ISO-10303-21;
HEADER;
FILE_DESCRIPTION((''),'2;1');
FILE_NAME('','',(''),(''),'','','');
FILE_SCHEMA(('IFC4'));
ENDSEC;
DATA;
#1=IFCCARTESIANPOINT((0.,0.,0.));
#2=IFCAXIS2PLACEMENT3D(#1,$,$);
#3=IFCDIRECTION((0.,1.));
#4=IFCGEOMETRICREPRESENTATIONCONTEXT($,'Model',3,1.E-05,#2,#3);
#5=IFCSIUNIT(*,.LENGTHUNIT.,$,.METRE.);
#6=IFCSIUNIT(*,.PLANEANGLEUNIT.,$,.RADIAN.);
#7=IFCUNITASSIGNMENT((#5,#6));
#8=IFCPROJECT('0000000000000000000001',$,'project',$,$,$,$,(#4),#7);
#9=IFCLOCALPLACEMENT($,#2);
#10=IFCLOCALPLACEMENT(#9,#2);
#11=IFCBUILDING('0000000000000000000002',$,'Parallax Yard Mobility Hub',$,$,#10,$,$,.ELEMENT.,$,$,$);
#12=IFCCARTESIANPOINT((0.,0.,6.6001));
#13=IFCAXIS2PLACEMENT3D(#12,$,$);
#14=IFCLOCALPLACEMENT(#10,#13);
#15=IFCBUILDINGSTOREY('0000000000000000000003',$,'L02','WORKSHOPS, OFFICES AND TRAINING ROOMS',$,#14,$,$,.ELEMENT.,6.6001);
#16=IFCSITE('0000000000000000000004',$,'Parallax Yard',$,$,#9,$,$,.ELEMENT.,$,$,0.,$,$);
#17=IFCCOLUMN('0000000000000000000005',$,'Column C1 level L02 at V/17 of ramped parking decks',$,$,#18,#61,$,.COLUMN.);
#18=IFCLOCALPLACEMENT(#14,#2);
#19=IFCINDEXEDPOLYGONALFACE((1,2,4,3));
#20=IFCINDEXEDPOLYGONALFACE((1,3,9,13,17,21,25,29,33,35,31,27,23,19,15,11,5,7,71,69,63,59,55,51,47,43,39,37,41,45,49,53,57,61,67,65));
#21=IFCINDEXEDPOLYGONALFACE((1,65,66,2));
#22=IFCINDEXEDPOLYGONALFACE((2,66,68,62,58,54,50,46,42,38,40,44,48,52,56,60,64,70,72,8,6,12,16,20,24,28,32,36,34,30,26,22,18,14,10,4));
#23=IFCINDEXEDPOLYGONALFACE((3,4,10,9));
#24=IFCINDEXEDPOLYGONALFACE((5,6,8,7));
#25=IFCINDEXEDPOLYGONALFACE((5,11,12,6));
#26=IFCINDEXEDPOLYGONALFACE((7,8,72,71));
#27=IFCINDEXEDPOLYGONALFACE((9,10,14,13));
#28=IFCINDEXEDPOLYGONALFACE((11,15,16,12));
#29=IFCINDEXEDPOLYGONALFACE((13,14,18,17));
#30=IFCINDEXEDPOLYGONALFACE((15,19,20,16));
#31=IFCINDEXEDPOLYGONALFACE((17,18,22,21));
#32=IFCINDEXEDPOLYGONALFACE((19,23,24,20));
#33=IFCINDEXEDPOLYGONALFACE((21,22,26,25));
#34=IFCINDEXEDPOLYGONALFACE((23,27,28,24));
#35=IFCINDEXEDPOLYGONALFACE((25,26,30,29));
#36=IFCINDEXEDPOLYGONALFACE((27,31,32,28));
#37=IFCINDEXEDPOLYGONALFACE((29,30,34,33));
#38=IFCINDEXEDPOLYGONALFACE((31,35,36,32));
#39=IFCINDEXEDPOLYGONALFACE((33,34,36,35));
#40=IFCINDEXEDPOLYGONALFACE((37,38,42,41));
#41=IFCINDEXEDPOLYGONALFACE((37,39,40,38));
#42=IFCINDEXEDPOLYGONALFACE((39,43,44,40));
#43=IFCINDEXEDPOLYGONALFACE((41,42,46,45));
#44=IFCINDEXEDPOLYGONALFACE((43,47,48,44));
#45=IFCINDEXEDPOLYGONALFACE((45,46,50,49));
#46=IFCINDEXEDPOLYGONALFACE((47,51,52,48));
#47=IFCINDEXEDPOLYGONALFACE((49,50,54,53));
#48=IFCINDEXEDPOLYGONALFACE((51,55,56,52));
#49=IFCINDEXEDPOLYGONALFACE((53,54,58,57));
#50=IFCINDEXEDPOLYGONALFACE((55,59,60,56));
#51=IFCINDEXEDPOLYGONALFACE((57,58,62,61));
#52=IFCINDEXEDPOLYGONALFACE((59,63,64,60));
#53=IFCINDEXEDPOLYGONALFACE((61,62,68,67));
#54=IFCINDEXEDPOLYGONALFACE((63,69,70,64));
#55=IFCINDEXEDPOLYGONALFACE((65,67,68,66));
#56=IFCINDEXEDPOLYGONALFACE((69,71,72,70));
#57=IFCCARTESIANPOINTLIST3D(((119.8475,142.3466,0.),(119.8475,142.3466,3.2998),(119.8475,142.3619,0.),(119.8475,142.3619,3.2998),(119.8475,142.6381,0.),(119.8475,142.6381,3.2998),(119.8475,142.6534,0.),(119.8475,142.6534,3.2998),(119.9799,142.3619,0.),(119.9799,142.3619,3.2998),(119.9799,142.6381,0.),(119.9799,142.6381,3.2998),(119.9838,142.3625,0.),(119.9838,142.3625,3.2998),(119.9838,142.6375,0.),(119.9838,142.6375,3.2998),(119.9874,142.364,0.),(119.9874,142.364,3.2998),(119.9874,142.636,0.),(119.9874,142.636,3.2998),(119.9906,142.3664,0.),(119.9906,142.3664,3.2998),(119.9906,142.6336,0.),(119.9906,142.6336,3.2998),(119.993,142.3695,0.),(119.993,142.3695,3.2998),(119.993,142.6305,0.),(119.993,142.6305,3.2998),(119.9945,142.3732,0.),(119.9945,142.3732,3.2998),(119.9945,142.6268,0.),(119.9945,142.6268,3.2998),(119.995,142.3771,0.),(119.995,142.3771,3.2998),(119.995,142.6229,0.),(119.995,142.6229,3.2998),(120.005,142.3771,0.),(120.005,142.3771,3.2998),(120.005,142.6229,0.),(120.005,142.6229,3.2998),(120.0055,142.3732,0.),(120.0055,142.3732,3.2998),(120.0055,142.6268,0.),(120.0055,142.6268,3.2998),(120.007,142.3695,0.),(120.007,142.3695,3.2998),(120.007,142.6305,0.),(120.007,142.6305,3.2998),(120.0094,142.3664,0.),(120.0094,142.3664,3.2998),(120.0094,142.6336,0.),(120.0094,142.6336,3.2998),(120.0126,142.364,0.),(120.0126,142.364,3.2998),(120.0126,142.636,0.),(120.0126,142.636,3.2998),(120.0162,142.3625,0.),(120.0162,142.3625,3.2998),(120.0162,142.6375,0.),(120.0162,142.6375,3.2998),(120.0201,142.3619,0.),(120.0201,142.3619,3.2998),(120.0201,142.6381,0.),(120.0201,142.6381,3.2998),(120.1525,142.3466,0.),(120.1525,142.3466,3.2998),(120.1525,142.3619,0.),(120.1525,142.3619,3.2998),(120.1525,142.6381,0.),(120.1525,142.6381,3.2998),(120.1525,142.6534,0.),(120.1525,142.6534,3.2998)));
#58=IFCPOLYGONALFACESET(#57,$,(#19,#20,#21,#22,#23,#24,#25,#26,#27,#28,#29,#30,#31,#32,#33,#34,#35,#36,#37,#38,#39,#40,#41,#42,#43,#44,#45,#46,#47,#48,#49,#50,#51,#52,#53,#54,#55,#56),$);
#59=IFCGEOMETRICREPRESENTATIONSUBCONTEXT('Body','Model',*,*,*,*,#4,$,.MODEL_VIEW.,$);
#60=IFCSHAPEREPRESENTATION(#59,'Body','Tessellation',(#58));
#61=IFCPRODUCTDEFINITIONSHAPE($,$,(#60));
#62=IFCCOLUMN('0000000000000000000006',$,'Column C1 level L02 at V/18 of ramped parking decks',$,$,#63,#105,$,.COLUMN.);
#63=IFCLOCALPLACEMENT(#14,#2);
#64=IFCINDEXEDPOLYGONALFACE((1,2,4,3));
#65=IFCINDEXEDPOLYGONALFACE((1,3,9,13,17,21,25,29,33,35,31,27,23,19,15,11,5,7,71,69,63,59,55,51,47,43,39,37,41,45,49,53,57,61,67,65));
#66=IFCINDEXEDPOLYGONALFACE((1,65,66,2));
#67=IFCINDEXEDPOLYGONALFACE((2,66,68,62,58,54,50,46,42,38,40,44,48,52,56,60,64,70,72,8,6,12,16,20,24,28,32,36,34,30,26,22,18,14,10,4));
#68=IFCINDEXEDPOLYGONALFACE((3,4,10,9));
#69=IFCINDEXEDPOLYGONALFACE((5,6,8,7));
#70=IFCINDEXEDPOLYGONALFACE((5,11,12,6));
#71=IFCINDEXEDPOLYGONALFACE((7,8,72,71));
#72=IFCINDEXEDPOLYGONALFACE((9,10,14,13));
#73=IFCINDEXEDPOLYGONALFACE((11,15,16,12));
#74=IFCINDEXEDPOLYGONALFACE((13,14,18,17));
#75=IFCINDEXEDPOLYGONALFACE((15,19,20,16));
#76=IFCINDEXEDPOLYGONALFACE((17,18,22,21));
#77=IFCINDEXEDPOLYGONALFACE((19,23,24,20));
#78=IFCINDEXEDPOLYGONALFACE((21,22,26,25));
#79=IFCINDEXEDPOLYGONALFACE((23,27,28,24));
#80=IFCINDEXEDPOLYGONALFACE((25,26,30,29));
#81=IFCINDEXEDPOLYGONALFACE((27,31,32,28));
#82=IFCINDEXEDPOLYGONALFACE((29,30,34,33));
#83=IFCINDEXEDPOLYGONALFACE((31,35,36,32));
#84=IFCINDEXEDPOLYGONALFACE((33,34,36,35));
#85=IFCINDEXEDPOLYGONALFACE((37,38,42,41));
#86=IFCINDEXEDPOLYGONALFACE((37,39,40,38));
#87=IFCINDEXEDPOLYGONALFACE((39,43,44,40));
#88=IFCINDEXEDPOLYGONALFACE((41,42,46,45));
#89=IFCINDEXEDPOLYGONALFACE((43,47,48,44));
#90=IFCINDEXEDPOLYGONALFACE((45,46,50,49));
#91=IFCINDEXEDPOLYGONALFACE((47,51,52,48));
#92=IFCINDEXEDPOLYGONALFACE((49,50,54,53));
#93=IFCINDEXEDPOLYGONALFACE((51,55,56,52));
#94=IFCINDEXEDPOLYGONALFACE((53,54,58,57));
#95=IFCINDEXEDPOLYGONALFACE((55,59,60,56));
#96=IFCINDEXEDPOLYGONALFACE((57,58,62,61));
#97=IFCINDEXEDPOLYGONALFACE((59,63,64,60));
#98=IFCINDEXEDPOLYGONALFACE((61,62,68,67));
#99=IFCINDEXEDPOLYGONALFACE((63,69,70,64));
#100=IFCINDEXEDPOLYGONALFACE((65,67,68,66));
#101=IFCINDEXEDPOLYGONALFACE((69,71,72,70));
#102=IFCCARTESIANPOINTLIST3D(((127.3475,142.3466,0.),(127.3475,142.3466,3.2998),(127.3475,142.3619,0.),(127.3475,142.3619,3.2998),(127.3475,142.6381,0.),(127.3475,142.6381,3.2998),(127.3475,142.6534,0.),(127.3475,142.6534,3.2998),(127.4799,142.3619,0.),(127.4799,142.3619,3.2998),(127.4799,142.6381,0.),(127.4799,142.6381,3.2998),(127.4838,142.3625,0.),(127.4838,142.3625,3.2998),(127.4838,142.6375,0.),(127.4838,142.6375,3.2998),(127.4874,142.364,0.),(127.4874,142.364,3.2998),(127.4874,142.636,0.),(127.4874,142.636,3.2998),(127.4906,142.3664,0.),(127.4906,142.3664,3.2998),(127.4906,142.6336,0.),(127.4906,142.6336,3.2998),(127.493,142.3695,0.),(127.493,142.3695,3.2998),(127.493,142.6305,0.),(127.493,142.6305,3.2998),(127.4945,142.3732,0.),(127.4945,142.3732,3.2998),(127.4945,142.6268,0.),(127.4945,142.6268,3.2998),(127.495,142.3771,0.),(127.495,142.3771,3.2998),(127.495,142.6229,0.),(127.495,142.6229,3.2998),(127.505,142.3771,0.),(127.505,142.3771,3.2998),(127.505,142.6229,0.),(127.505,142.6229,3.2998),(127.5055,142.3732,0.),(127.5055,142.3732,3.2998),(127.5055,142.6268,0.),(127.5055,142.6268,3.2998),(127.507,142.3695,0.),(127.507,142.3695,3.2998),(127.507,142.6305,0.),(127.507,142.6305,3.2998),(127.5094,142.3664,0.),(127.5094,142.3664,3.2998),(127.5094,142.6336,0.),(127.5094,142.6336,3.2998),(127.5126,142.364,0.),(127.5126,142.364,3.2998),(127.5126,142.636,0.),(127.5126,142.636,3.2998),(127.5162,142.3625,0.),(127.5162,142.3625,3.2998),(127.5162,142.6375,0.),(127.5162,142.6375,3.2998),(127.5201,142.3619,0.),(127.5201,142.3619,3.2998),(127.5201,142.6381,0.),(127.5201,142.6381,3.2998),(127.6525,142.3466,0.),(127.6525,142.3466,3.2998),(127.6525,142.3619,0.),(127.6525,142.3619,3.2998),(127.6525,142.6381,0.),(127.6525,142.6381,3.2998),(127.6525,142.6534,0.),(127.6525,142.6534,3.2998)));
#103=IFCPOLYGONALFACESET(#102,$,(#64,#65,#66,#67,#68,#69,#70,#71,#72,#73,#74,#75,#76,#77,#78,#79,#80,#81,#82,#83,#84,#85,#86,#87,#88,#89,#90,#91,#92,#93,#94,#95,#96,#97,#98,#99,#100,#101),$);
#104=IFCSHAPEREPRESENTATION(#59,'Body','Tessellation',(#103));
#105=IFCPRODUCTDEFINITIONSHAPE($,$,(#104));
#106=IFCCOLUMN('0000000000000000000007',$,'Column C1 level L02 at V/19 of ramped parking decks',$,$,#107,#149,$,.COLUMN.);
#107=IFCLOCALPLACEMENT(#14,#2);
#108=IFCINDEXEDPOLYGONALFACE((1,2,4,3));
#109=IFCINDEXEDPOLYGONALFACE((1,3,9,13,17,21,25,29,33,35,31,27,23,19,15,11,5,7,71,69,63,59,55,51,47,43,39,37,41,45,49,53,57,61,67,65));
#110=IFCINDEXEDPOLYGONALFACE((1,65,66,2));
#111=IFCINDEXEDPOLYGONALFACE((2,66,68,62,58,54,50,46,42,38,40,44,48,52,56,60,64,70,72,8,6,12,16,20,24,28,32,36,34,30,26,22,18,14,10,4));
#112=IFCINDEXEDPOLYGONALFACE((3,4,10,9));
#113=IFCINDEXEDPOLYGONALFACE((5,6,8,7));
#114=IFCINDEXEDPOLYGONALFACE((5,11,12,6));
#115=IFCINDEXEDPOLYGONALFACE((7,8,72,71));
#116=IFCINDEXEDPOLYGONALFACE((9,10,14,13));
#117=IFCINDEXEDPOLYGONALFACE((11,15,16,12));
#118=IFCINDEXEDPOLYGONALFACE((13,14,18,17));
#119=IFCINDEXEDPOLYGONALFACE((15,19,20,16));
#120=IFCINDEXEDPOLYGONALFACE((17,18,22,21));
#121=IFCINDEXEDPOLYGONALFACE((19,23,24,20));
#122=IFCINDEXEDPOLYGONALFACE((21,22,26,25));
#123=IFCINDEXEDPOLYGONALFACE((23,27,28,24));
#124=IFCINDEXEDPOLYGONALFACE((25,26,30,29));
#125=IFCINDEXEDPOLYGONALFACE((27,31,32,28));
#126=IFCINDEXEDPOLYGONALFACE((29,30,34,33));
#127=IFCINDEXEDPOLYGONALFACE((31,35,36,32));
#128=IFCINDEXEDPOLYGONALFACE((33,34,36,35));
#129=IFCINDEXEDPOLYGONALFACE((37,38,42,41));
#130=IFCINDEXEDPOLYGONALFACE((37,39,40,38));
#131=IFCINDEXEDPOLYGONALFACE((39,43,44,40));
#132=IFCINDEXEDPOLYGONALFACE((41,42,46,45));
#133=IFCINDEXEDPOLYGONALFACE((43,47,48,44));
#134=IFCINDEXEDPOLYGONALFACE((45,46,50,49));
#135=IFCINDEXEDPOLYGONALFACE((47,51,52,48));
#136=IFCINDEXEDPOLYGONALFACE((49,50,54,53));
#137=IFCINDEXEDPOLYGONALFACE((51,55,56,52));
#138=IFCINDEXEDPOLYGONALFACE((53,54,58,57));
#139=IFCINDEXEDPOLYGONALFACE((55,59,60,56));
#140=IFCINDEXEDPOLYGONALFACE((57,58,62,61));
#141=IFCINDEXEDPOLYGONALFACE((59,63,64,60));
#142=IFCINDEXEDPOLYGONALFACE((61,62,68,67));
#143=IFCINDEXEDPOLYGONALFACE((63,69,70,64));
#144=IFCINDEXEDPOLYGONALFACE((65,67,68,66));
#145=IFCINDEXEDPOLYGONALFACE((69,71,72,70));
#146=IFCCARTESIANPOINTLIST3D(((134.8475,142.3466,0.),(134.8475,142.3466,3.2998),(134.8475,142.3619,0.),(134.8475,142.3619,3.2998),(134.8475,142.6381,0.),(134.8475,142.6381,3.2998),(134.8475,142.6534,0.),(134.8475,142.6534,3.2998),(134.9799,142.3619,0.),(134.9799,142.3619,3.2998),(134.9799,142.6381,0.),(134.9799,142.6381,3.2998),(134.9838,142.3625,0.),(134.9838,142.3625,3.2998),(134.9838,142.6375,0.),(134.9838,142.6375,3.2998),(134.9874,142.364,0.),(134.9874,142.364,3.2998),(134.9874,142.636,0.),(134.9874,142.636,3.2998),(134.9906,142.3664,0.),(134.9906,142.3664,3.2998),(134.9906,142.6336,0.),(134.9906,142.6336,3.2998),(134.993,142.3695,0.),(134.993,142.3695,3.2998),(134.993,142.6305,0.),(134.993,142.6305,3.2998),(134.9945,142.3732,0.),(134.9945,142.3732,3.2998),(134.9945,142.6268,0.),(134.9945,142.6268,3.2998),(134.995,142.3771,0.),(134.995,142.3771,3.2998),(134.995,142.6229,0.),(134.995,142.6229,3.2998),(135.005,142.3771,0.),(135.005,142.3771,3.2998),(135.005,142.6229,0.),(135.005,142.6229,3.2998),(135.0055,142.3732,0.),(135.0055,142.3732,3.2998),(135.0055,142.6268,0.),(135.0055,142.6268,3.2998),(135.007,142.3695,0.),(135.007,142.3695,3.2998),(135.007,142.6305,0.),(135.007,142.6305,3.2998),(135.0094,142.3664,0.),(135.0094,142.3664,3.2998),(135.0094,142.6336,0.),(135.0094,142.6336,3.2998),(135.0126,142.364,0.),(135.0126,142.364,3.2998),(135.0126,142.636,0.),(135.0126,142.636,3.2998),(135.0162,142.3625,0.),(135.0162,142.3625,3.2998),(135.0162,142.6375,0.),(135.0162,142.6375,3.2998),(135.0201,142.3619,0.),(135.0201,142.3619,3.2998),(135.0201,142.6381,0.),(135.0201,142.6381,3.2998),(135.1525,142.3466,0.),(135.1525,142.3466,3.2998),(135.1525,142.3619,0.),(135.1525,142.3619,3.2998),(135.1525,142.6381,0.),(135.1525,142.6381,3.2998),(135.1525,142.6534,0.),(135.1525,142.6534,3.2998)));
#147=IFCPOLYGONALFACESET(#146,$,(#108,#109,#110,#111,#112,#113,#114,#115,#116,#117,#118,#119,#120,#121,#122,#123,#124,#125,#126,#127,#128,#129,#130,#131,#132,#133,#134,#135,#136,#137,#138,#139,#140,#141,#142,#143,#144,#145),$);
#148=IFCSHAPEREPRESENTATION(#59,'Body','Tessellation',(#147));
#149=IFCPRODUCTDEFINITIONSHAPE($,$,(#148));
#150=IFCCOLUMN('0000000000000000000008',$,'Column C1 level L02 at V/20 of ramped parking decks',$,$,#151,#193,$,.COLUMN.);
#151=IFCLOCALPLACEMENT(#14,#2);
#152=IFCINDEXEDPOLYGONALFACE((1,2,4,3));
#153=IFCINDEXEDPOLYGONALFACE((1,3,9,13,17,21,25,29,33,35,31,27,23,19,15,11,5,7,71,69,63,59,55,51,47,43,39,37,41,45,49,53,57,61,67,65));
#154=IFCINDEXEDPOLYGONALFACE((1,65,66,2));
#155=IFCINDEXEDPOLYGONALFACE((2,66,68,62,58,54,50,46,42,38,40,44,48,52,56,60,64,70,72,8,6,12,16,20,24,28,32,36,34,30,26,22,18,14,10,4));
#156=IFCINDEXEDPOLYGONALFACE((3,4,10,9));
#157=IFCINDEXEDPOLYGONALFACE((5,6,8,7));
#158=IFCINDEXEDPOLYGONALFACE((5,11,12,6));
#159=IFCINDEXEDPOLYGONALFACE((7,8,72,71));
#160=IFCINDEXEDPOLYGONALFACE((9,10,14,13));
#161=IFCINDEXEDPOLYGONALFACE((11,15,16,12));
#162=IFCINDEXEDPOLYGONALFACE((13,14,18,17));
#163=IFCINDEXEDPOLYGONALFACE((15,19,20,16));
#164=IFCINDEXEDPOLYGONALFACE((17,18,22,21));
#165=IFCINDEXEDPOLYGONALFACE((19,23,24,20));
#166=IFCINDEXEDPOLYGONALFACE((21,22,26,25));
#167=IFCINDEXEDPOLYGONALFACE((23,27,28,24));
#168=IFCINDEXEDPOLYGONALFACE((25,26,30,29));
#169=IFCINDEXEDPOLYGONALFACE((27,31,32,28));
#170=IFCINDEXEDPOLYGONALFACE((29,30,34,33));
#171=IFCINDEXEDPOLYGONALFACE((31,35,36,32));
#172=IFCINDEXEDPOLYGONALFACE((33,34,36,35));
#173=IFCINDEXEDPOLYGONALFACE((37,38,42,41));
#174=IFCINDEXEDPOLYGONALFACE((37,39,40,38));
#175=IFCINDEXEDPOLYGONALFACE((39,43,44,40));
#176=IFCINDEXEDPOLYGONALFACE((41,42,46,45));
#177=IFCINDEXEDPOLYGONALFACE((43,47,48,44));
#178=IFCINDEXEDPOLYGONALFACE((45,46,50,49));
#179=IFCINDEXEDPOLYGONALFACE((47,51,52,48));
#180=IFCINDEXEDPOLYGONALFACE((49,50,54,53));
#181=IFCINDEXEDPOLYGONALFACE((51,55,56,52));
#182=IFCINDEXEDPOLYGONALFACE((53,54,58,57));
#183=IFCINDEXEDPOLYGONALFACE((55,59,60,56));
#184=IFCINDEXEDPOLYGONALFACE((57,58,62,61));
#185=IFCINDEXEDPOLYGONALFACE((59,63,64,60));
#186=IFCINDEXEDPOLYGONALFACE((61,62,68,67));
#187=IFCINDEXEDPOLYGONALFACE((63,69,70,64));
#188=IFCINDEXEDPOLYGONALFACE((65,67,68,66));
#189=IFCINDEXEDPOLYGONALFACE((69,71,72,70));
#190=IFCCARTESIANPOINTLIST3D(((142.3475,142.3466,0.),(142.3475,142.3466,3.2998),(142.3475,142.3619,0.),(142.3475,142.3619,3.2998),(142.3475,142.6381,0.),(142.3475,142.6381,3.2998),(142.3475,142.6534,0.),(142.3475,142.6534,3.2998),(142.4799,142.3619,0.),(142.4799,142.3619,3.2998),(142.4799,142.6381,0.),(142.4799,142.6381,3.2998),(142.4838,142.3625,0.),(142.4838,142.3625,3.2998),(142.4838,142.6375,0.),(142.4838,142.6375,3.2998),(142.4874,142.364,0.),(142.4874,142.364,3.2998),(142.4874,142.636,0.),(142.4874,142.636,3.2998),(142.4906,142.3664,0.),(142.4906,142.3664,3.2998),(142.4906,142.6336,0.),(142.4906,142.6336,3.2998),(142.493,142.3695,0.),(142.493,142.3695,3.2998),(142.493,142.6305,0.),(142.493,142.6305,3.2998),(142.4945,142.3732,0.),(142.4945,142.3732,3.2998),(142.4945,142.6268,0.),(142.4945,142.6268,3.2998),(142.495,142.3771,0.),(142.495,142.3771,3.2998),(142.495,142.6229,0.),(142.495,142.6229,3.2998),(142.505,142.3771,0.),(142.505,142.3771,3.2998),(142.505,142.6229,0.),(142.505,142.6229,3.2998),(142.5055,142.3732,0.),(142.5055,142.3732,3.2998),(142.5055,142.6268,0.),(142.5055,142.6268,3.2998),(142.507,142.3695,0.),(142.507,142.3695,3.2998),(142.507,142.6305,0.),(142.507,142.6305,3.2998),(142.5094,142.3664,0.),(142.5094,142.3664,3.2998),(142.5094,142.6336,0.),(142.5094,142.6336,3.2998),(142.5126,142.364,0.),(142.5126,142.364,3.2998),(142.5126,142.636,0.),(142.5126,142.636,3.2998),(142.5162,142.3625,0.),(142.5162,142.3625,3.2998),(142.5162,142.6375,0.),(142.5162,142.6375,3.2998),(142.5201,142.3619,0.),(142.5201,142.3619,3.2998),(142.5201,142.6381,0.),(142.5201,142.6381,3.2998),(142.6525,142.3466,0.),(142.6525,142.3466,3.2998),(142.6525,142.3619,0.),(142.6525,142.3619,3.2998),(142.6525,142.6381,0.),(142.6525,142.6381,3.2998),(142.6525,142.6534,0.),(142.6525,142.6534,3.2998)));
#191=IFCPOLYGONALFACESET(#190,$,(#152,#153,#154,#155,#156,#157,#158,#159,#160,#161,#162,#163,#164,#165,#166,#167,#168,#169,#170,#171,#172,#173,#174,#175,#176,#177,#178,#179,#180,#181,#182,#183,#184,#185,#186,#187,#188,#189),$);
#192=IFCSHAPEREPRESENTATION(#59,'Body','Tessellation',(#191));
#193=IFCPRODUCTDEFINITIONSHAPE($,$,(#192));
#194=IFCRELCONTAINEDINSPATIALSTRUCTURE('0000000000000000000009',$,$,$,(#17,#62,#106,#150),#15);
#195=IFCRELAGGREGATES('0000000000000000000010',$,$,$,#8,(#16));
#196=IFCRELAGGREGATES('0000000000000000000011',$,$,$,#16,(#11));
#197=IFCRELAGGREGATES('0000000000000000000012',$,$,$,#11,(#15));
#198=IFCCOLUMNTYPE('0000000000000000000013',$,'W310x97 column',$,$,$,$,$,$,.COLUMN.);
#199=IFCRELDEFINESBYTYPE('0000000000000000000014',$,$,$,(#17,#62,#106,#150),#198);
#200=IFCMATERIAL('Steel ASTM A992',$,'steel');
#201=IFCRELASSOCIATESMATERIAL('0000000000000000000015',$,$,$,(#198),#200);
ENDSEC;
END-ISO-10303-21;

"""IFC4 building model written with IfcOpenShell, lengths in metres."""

from ifc_helpers import new_model, si_unit, direction, frame, origin, origin_2d, place, context, subcontext, project, spatial, i_section, extrude, material, material_profile, profile_set, type_object, element, save


model = new_model("IFC4")

# Units and contexts
model_context = context("Model", 3, precision=1e-05, world=origin(), true_north=direction((0.0, 1.0)))
body_context = subcontext(model_context, "Body", "Model", "MODEL_VIEW")
ifc_project = project(units=[si_unit("LENGTHUNIT", "METRE"), si_unit("PLANEANGLEUNIT", "RADIAN")], contexts=[model_context])

# Site, building, storey
site_placement = place(None, origin())
site = spatial("IfcSite", under=ifc_project, at=site_placement, Name="Parallax Yard", CompositionType="ELEMENT", RefElevation=0.0)
building_placement = place(site_placement, origin())
building = spatial("IfcBuilding", under=site, at=building_placement, Name="Parallax Yard Mobility Hub", CompositionType="ELEMENT")
storey_placement = place(building_placement, frame((0.0, 0.0, 6.6001)))
storey = spatial("IfcBuildingStorey", under=building, at=storey_placement, Name="L02", Description="WORKSHOPS, OFFICES AND TRAINING ROOMS", CompositionType="ELEMENT", Elevation=6.6001)

# Columns
ifc_material_1 = material(Name="Steel ASTM A992", Category="steel")
ifc_material_profile_1 = material_profile(ifc_material_1, i_section(OverallWidth=0.3049, OverallDepth=0.3069, WebThickness=0.01, FlangeThickness=0.0154, FilletRadius=0.0151, at=origin_2d()), Name="W310x97")
ifc_profile_set_1 = profile_set([ifc_material_profile_1], Name="Steel ASTM A992")
column_type_1 = type_object("IfcColumnType", Name="W310x97 column", PredefinedType="COLUMN", material=ifc_profile_set_1)
for number, where, z_axis, x_axis, name in (
    (1, (120.0, 142.5, 0.0), (0.0, 0.0, 1.0), (1.0, 0.0, 0.0), "Column C1 level L02 at V/17 of ramped parking decks"),
    (2, (127.5, 142.5, 0.0), (0.0, 0.0, 1.0), (1.0, 0.0, 0.0), "Column C1 level L02 at V/18 of ramped parking decks"),
    (3, (135.0, 142.5, 0.0), (0.0, 0.0, 1.0), (1.0, 0.0, 0.0), "Column C1 level L02 at V/19 of ramped parking decks"),
    (4, (142.5, 142.5, 0.0), (0.0, 0.0, 1.0), (1.0, 0.0, 0.0), "Column C1 level L02 at V/20 of ramped parking decks"),
):
    element("IfcColumn", number, at=place(storey_placement, frame(where, z_axis=z_axis, x_axis=x_axis)), inside=storey, type_object=column_type_1, Name=name, PredefinedType="COLUMN", context=body_context, shape_type="SweptSolid", body=[
        extrude(i_section(OverallWidth=0.3049, OverallDepth=0.3069, WebThickness=0.01, FlangeThickness=0.0154, FilletRadius=0.0151, at=origin_2d()), origin(), (0.0, 0.0, 1.0), 3.2998),
    ])

save(model, "model.ifc")
